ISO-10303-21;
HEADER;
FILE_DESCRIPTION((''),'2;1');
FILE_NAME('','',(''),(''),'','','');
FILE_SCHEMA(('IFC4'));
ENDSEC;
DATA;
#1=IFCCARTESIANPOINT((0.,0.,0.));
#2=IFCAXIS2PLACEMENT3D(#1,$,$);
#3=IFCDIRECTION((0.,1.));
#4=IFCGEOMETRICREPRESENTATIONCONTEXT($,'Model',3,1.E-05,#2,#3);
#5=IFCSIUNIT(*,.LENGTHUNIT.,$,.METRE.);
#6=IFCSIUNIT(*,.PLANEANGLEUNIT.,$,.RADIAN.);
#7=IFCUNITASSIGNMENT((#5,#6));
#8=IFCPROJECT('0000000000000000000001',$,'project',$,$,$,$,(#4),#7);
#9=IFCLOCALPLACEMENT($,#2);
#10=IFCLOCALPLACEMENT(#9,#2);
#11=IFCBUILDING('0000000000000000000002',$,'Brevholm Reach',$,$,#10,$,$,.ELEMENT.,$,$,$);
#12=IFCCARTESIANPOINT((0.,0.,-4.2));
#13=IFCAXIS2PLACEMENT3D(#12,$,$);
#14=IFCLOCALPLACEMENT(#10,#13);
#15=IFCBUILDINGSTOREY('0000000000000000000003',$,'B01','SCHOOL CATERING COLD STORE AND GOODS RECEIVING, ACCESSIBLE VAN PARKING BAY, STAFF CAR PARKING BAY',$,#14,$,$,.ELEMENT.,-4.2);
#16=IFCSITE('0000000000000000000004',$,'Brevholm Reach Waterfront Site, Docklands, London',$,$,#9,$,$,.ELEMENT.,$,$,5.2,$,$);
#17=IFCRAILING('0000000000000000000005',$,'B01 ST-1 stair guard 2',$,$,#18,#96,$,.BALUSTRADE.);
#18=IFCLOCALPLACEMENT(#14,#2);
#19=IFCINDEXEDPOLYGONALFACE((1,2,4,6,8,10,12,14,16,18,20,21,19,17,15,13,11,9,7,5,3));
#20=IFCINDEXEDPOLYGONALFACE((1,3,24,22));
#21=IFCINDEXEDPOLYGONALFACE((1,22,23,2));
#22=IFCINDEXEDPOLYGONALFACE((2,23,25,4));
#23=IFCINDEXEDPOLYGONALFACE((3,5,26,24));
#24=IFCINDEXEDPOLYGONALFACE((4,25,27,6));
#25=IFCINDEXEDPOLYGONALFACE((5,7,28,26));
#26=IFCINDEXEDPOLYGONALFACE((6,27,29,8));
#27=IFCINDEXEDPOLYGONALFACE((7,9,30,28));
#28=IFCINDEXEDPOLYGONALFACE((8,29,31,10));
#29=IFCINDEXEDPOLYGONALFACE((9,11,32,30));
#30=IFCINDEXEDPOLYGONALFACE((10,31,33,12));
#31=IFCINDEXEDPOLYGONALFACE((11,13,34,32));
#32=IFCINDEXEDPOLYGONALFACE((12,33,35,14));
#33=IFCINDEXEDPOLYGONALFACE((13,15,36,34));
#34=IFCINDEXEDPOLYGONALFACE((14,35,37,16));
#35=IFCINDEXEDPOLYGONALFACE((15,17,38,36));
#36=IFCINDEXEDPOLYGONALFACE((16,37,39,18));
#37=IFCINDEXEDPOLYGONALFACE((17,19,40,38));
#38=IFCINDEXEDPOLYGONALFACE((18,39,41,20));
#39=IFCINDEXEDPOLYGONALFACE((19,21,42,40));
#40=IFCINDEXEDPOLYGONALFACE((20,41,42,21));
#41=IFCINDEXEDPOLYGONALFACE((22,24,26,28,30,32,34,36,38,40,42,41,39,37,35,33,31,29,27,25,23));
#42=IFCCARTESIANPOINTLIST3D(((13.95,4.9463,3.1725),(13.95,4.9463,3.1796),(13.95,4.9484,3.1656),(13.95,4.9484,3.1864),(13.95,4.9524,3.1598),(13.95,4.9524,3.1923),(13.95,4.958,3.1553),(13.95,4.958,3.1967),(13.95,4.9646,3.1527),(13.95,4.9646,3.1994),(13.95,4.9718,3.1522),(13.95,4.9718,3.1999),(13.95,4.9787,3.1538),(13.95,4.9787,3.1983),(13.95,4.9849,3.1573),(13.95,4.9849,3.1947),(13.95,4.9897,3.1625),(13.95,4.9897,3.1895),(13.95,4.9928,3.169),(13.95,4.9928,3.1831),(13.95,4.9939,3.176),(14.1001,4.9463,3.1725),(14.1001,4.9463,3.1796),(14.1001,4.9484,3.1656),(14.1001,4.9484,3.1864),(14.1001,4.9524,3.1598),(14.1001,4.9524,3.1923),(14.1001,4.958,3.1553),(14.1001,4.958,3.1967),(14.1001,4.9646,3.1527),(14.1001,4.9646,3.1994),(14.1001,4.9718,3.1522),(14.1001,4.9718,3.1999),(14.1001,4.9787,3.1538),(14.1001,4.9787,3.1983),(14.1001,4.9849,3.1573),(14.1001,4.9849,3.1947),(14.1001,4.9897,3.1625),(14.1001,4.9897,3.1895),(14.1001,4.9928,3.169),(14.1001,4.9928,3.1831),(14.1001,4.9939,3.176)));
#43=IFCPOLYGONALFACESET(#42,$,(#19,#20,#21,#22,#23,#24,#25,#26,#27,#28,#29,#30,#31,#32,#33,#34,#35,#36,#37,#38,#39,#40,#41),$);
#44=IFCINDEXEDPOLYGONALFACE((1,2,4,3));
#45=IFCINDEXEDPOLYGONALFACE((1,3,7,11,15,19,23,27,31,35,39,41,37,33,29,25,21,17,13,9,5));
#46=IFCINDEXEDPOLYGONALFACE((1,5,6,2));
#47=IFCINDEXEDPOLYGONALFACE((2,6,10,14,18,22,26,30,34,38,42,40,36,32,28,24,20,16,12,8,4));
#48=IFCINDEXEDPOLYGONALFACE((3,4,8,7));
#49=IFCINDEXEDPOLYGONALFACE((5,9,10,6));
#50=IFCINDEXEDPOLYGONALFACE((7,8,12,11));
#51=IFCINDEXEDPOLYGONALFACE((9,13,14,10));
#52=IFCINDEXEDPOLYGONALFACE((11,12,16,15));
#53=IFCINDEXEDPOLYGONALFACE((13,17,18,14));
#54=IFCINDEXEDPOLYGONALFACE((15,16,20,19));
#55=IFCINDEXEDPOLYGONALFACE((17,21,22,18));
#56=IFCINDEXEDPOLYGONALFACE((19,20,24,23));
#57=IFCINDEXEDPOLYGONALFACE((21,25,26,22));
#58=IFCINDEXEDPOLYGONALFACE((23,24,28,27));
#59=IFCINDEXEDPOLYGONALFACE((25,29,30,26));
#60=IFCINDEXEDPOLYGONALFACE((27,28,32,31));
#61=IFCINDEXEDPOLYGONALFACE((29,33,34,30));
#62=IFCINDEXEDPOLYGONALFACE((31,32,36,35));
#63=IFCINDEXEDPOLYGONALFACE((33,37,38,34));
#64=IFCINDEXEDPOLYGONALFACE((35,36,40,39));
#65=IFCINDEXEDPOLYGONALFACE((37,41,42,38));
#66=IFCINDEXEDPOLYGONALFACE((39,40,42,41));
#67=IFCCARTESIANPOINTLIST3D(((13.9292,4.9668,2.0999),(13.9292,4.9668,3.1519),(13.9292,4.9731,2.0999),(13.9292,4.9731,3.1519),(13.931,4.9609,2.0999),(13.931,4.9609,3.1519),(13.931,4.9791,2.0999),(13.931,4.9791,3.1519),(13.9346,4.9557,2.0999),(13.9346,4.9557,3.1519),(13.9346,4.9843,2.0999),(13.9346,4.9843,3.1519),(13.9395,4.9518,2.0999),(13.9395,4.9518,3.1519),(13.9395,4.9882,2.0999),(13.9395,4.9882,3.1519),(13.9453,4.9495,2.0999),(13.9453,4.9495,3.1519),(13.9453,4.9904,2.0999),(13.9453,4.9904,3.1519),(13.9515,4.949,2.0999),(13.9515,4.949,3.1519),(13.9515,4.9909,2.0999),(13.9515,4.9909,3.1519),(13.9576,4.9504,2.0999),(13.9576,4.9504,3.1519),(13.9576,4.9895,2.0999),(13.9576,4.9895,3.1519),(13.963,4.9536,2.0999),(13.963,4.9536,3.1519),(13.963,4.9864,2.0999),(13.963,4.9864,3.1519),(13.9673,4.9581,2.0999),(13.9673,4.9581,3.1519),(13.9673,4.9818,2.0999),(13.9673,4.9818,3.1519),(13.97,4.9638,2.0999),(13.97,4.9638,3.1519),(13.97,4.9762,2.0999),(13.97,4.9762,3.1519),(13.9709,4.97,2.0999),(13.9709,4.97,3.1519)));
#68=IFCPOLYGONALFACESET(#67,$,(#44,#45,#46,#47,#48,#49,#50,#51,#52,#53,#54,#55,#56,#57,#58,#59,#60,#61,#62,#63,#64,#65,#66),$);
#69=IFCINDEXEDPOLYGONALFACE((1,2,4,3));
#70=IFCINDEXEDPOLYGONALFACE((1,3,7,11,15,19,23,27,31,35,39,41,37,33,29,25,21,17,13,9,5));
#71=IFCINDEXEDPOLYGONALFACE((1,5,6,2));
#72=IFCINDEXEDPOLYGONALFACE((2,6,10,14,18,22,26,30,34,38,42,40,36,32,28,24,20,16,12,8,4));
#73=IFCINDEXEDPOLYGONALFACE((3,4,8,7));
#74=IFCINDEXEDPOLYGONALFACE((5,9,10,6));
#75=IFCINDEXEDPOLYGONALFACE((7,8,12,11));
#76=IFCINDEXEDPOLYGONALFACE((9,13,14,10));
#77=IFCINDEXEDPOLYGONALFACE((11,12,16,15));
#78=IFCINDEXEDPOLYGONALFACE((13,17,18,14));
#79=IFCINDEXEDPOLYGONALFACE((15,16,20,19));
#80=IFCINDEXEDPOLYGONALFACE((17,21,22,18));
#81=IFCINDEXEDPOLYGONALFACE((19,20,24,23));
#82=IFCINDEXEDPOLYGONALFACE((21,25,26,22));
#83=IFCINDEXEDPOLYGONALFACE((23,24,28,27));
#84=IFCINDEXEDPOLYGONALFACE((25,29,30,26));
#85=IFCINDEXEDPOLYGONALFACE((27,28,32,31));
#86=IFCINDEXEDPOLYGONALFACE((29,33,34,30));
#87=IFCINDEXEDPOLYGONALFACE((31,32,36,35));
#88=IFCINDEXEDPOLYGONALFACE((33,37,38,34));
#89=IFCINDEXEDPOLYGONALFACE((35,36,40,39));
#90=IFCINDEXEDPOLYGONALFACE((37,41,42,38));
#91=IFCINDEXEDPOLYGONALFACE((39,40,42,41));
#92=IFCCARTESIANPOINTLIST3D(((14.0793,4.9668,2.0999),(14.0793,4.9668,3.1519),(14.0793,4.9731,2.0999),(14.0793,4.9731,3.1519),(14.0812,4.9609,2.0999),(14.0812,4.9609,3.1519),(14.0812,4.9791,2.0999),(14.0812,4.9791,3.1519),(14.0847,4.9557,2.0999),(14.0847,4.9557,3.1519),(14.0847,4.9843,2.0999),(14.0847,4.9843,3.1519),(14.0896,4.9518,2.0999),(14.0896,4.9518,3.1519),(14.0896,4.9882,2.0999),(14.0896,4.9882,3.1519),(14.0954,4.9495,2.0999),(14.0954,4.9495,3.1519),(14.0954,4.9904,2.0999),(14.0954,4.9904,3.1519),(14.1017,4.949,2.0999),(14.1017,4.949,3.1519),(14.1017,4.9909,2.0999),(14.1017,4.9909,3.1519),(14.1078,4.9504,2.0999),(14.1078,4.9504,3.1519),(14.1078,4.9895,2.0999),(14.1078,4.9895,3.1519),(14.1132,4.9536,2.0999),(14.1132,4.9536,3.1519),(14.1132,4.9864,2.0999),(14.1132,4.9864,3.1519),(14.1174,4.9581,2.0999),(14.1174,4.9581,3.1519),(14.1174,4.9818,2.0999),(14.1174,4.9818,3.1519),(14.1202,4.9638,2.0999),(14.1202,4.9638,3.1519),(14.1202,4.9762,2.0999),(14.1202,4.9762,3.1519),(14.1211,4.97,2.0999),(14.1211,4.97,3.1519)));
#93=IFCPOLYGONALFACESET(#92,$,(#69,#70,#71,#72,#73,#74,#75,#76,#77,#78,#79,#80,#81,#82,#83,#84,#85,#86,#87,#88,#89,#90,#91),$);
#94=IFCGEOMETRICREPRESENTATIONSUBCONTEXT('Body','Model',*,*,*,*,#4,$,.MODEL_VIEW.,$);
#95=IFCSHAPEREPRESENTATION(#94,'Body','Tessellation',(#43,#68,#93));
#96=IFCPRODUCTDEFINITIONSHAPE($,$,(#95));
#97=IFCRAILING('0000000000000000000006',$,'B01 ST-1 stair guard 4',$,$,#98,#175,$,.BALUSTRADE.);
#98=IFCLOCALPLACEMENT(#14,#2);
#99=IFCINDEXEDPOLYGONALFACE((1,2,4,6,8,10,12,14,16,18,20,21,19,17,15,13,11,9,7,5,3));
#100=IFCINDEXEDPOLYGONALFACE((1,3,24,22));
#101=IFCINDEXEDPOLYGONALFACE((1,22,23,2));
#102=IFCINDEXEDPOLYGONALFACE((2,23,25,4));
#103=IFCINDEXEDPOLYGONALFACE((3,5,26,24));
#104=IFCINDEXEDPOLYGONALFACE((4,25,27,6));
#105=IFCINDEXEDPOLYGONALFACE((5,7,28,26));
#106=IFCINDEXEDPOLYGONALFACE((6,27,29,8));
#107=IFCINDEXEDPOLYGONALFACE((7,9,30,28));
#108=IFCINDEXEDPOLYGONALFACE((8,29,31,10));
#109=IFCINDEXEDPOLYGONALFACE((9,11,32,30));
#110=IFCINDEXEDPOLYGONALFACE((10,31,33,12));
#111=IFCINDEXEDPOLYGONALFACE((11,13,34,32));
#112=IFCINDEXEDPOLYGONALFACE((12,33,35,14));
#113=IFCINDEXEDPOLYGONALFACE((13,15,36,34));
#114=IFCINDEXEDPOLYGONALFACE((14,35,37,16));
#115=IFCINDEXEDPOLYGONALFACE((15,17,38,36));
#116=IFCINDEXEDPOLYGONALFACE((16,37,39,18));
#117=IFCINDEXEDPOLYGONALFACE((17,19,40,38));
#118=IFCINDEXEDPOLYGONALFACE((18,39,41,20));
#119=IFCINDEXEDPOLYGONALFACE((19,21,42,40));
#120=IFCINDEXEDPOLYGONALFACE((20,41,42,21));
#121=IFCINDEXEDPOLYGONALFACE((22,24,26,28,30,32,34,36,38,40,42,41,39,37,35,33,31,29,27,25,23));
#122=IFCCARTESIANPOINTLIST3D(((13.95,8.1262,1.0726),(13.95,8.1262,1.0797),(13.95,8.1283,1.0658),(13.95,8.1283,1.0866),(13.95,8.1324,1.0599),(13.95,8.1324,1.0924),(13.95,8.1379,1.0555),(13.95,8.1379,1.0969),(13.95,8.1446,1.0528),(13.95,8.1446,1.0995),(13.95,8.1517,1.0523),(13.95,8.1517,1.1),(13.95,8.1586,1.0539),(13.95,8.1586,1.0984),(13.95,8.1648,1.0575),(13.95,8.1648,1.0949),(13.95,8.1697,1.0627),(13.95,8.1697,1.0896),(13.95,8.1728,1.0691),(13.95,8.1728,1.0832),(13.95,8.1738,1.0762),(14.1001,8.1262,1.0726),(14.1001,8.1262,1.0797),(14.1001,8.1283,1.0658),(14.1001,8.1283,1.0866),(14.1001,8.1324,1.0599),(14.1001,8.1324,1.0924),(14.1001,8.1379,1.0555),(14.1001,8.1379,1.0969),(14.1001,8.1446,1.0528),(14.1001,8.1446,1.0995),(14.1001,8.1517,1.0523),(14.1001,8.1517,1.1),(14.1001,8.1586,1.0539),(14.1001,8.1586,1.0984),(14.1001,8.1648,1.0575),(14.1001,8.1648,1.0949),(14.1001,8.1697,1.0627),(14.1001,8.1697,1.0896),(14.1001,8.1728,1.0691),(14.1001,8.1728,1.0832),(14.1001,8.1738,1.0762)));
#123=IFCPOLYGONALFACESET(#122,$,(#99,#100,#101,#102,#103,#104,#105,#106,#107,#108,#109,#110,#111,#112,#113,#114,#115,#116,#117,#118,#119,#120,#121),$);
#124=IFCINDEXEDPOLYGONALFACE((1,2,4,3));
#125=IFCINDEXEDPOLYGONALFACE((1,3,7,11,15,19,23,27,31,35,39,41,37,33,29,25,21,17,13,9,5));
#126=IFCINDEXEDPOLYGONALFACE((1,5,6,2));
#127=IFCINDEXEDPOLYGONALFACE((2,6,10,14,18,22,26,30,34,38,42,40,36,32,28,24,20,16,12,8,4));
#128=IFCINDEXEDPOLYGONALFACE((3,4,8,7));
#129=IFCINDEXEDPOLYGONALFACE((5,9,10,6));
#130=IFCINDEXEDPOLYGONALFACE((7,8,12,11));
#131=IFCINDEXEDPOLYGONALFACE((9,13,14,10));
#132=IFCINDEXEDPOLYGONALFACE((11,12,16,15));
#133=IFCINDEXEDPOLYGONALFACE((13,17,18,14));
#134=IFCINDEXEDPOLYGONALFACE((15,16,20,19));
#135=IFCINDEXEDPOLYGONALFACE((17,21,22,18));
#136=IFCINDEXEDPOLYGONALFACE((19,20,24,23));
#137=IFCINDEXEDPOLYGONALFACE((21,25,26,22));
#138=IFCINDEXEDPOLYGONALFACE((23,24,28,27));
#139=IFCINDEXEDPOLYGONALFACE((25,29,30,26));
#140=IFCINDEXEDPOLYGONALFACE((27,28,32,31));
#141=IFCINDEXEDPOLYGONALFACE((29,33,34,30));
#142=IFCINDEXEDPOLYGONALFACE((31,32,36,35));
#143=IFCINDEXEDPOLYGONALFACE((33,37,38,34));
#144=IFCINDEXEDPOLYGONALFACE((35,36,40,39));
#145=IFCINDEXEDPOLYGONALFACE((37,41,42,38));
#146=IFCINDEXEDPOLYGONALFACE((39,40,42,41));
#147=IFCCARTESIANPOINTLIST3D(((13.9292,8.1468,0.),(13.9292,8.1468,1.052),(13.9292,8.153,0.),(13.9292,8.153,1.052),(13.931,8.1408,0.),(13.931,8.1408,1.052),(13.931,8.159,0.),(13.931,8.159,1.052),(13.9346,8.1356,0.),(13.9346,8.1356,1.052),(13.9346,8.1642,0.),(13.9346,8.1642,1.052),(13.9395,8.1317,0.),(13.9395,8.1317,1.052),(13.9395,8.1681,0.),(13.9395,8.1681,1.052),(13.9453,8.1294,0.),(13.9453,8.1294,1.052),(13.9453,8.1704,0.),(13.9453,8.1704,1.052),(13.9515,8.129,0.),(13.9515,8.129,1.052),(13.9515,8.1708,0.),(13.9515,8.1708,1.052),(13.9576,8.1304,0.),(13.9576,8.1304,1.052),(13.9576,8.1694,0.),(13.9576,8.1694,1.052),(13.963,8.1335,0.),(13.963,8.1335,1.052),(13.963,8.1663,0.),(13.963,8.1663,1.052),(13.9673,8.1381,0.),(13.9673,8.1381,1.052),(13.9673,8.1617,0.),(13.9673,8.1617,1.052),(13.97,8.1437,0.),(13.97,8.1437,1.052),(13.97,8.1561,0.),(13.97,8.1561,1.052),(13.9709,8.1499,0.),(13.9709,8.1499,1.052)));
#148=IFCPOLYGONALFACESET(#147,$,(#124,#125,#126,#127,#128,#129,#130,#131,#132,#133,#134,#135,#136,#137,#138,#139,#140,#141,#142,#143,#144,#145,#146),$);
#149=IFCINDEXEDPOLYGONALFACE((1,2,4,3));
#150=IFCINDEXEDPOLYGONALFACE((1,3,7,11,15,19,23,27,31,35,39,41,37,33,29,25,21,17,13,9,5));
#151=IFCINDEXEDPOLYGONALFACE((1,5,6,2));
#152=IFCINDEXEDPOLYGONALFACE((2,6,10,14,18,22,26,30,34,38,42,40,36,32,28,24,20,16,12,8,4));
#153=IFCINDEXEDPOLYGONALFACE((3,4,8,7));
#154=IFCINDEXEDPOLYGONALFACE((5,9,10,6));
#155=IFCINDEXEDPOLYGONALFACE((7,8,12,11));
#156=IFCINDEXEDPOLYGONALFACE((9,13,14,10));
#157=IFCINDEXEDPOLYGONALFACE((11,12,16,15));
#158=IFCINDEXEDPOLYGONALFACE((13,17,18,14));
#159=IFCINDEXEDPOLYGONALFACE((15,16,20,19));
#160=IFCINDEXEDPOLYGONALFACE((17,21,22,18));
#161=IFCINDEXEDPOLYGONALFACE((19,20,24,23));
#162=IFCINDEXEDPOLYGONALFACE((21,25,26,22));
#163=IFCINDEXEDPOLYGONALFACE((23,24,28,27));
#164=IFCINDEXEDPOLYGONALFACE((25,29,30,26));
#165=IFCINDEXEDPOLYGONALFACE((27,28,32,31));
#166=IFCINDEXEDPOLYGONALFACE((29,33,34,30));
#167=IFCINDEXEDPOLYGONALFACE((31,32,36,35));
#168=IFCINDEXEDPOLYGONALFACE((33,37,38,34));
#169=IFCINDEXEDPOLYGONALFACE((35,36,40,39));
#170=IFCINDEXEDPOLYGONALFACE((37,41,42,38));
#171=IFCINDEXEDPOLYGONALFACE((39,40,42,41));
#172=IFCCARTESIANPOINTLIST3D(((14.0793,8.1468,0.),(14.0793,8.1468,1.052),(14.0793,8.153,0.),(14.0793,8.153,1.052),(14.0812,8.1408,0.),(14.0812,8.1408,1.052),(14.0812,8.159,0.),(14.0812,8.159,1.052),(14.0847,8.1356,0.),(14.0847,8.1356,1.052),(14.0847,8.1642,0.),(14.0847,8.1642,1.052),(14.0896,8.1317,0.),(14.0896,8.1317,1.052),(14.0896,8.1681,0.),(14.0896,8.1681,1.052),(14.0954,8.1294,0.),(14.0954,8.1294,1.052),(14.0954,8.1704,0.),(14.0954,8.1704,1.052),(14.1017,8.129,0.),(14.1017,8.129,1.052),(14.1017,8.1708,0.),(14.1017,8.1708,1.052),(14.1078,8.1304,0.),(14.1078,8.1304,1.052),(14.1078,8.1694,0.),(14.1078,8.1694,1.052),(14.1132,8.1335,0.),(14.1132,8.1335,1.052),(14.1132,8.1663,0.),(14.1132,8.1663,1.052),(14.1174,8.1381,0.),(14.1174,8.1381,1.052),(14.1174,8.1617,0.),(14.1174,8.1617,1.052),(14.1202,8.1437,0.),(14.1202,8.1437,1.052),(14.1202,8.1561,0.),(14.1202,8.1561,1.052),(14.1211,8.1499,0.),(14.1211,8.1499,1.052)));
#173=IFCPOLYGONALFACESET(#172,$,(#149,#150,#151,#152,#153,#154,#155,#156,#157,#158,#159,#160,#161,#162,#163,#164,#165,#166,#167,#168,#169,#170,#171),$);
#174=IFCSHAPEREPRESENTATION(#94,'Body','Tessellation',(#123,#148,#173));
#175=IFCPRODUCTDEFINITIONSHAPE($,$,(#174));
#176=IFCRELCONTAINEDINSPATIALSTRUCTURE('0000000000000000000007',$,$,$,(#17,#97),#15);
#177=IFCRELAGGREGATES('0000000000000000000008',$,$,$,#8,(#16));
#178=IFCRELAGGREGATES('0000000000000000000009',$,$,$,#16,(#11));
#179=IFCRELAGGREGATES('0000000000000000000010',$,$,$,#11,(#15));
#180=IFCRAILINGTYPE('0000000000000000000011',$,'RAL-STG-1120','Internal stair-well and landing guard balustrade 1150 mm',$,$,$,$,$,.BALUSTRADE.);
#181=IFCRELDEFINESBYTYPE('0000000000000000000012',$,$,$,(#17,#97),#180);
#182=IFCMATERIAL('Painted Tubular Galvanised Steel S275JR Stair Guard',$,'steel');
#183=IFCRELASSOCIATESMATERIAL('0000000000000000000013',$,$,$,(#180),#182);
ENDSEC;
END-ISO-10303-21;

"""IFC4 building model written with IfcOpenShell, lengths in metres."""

from ifc_helpers import new_model, si_unit, direction, frame, origin, origin_2d, place, context, subcontext, project, spatial, circle, extrude, material, type_object, element, save


model = new_model("IFC4")

# Units and contexts
model_context = context("Model", 3, precision=1e-05, world=origin(), true_north=direction((0.0, 1.0)))
body_context = subcontext(model_context, "Body", "Model", "MODEL_VIEW")
ifc_project = project(units=[si_unit("LENGTHUNIT", "METRE"), si_unit("PLANEANGLEUNIT", "RADIAN")], contexts=[model_context])

# Site, building, storey
site_placement = place(None, origin())
site = spatial("IfcSite", under=ifc_project, at=site_placement, Name="Brevholm Reach Waterfront Site, Docklands, London", CompositionType="ELEMENT", RefElevation=5.2)
building_placement = place(site_placement, origin())
building = spatial("IfcBuilding", under=site, at=building_placement, Name="Brevholm Reach", CompositionType="ELEMENT")
storey_placement = place(building_placement, frame((0.0, 0.0, -4.2)))
storey = spatial("IfcBuildingStorey", under=building, at=storey_placement, Name="B01", Description="SCHOOL CATERING COLD STORE AND GOODS RECEIVING, ACCESSIBLE VAN PARKING BAY, STAFF CAR PARKING BAY", CompositionType="ELEMENT", Elevation=-4.2)

# Railings
ifc_material_1 = material(Name="Painted Tubular Galvanised Steel S275JR Stair Guard", Category="steel")
railing_type_1 = type_object("IfcRailingType", Name="RAL-STG-1120", Description="Internal stair-well and landing guard balustrade 1150 mm", PredefinedType="BALUSTRADE", material=ifc_material_1)
for number, where, name in (
    (1, (13.95, 4.97, 2.0999), "B01 ST-1 stair guard 2"),
    (2, (13.95, 8.1499, 0.0), "B01 ST-1 stair guard 4"),
):
    element("IfcRailing", number, at=place(storey_placement, frame(where)), inside=storey, type_object=railing_type_1, Name=name, PredefinedType="BALUSTRADE", context=body_context, shape_type="SweptSolid", body=[
        extrude(circle(Radius=0.0239, at=origin_2d()), frame((0.0, 0.0, 1.0762), z_axis=(1.0, 0.0, 0.0), x_axis=(0.0, 1.0, 0.0)), (0.0, 0.0, 1.0), 0.1501),
        extrude(circle(Radius=0.021, at=origin_2d()), origin(), (0.0, 0.0, 1.0), 1.052),
        extrude(circle(Radius=0.021, at=origin_2d()), frame((0.1501, 0.0, 0.0)), (0.0, 0.0, 1.0), 1.052),
    ])

save(model, "model.ifc")
